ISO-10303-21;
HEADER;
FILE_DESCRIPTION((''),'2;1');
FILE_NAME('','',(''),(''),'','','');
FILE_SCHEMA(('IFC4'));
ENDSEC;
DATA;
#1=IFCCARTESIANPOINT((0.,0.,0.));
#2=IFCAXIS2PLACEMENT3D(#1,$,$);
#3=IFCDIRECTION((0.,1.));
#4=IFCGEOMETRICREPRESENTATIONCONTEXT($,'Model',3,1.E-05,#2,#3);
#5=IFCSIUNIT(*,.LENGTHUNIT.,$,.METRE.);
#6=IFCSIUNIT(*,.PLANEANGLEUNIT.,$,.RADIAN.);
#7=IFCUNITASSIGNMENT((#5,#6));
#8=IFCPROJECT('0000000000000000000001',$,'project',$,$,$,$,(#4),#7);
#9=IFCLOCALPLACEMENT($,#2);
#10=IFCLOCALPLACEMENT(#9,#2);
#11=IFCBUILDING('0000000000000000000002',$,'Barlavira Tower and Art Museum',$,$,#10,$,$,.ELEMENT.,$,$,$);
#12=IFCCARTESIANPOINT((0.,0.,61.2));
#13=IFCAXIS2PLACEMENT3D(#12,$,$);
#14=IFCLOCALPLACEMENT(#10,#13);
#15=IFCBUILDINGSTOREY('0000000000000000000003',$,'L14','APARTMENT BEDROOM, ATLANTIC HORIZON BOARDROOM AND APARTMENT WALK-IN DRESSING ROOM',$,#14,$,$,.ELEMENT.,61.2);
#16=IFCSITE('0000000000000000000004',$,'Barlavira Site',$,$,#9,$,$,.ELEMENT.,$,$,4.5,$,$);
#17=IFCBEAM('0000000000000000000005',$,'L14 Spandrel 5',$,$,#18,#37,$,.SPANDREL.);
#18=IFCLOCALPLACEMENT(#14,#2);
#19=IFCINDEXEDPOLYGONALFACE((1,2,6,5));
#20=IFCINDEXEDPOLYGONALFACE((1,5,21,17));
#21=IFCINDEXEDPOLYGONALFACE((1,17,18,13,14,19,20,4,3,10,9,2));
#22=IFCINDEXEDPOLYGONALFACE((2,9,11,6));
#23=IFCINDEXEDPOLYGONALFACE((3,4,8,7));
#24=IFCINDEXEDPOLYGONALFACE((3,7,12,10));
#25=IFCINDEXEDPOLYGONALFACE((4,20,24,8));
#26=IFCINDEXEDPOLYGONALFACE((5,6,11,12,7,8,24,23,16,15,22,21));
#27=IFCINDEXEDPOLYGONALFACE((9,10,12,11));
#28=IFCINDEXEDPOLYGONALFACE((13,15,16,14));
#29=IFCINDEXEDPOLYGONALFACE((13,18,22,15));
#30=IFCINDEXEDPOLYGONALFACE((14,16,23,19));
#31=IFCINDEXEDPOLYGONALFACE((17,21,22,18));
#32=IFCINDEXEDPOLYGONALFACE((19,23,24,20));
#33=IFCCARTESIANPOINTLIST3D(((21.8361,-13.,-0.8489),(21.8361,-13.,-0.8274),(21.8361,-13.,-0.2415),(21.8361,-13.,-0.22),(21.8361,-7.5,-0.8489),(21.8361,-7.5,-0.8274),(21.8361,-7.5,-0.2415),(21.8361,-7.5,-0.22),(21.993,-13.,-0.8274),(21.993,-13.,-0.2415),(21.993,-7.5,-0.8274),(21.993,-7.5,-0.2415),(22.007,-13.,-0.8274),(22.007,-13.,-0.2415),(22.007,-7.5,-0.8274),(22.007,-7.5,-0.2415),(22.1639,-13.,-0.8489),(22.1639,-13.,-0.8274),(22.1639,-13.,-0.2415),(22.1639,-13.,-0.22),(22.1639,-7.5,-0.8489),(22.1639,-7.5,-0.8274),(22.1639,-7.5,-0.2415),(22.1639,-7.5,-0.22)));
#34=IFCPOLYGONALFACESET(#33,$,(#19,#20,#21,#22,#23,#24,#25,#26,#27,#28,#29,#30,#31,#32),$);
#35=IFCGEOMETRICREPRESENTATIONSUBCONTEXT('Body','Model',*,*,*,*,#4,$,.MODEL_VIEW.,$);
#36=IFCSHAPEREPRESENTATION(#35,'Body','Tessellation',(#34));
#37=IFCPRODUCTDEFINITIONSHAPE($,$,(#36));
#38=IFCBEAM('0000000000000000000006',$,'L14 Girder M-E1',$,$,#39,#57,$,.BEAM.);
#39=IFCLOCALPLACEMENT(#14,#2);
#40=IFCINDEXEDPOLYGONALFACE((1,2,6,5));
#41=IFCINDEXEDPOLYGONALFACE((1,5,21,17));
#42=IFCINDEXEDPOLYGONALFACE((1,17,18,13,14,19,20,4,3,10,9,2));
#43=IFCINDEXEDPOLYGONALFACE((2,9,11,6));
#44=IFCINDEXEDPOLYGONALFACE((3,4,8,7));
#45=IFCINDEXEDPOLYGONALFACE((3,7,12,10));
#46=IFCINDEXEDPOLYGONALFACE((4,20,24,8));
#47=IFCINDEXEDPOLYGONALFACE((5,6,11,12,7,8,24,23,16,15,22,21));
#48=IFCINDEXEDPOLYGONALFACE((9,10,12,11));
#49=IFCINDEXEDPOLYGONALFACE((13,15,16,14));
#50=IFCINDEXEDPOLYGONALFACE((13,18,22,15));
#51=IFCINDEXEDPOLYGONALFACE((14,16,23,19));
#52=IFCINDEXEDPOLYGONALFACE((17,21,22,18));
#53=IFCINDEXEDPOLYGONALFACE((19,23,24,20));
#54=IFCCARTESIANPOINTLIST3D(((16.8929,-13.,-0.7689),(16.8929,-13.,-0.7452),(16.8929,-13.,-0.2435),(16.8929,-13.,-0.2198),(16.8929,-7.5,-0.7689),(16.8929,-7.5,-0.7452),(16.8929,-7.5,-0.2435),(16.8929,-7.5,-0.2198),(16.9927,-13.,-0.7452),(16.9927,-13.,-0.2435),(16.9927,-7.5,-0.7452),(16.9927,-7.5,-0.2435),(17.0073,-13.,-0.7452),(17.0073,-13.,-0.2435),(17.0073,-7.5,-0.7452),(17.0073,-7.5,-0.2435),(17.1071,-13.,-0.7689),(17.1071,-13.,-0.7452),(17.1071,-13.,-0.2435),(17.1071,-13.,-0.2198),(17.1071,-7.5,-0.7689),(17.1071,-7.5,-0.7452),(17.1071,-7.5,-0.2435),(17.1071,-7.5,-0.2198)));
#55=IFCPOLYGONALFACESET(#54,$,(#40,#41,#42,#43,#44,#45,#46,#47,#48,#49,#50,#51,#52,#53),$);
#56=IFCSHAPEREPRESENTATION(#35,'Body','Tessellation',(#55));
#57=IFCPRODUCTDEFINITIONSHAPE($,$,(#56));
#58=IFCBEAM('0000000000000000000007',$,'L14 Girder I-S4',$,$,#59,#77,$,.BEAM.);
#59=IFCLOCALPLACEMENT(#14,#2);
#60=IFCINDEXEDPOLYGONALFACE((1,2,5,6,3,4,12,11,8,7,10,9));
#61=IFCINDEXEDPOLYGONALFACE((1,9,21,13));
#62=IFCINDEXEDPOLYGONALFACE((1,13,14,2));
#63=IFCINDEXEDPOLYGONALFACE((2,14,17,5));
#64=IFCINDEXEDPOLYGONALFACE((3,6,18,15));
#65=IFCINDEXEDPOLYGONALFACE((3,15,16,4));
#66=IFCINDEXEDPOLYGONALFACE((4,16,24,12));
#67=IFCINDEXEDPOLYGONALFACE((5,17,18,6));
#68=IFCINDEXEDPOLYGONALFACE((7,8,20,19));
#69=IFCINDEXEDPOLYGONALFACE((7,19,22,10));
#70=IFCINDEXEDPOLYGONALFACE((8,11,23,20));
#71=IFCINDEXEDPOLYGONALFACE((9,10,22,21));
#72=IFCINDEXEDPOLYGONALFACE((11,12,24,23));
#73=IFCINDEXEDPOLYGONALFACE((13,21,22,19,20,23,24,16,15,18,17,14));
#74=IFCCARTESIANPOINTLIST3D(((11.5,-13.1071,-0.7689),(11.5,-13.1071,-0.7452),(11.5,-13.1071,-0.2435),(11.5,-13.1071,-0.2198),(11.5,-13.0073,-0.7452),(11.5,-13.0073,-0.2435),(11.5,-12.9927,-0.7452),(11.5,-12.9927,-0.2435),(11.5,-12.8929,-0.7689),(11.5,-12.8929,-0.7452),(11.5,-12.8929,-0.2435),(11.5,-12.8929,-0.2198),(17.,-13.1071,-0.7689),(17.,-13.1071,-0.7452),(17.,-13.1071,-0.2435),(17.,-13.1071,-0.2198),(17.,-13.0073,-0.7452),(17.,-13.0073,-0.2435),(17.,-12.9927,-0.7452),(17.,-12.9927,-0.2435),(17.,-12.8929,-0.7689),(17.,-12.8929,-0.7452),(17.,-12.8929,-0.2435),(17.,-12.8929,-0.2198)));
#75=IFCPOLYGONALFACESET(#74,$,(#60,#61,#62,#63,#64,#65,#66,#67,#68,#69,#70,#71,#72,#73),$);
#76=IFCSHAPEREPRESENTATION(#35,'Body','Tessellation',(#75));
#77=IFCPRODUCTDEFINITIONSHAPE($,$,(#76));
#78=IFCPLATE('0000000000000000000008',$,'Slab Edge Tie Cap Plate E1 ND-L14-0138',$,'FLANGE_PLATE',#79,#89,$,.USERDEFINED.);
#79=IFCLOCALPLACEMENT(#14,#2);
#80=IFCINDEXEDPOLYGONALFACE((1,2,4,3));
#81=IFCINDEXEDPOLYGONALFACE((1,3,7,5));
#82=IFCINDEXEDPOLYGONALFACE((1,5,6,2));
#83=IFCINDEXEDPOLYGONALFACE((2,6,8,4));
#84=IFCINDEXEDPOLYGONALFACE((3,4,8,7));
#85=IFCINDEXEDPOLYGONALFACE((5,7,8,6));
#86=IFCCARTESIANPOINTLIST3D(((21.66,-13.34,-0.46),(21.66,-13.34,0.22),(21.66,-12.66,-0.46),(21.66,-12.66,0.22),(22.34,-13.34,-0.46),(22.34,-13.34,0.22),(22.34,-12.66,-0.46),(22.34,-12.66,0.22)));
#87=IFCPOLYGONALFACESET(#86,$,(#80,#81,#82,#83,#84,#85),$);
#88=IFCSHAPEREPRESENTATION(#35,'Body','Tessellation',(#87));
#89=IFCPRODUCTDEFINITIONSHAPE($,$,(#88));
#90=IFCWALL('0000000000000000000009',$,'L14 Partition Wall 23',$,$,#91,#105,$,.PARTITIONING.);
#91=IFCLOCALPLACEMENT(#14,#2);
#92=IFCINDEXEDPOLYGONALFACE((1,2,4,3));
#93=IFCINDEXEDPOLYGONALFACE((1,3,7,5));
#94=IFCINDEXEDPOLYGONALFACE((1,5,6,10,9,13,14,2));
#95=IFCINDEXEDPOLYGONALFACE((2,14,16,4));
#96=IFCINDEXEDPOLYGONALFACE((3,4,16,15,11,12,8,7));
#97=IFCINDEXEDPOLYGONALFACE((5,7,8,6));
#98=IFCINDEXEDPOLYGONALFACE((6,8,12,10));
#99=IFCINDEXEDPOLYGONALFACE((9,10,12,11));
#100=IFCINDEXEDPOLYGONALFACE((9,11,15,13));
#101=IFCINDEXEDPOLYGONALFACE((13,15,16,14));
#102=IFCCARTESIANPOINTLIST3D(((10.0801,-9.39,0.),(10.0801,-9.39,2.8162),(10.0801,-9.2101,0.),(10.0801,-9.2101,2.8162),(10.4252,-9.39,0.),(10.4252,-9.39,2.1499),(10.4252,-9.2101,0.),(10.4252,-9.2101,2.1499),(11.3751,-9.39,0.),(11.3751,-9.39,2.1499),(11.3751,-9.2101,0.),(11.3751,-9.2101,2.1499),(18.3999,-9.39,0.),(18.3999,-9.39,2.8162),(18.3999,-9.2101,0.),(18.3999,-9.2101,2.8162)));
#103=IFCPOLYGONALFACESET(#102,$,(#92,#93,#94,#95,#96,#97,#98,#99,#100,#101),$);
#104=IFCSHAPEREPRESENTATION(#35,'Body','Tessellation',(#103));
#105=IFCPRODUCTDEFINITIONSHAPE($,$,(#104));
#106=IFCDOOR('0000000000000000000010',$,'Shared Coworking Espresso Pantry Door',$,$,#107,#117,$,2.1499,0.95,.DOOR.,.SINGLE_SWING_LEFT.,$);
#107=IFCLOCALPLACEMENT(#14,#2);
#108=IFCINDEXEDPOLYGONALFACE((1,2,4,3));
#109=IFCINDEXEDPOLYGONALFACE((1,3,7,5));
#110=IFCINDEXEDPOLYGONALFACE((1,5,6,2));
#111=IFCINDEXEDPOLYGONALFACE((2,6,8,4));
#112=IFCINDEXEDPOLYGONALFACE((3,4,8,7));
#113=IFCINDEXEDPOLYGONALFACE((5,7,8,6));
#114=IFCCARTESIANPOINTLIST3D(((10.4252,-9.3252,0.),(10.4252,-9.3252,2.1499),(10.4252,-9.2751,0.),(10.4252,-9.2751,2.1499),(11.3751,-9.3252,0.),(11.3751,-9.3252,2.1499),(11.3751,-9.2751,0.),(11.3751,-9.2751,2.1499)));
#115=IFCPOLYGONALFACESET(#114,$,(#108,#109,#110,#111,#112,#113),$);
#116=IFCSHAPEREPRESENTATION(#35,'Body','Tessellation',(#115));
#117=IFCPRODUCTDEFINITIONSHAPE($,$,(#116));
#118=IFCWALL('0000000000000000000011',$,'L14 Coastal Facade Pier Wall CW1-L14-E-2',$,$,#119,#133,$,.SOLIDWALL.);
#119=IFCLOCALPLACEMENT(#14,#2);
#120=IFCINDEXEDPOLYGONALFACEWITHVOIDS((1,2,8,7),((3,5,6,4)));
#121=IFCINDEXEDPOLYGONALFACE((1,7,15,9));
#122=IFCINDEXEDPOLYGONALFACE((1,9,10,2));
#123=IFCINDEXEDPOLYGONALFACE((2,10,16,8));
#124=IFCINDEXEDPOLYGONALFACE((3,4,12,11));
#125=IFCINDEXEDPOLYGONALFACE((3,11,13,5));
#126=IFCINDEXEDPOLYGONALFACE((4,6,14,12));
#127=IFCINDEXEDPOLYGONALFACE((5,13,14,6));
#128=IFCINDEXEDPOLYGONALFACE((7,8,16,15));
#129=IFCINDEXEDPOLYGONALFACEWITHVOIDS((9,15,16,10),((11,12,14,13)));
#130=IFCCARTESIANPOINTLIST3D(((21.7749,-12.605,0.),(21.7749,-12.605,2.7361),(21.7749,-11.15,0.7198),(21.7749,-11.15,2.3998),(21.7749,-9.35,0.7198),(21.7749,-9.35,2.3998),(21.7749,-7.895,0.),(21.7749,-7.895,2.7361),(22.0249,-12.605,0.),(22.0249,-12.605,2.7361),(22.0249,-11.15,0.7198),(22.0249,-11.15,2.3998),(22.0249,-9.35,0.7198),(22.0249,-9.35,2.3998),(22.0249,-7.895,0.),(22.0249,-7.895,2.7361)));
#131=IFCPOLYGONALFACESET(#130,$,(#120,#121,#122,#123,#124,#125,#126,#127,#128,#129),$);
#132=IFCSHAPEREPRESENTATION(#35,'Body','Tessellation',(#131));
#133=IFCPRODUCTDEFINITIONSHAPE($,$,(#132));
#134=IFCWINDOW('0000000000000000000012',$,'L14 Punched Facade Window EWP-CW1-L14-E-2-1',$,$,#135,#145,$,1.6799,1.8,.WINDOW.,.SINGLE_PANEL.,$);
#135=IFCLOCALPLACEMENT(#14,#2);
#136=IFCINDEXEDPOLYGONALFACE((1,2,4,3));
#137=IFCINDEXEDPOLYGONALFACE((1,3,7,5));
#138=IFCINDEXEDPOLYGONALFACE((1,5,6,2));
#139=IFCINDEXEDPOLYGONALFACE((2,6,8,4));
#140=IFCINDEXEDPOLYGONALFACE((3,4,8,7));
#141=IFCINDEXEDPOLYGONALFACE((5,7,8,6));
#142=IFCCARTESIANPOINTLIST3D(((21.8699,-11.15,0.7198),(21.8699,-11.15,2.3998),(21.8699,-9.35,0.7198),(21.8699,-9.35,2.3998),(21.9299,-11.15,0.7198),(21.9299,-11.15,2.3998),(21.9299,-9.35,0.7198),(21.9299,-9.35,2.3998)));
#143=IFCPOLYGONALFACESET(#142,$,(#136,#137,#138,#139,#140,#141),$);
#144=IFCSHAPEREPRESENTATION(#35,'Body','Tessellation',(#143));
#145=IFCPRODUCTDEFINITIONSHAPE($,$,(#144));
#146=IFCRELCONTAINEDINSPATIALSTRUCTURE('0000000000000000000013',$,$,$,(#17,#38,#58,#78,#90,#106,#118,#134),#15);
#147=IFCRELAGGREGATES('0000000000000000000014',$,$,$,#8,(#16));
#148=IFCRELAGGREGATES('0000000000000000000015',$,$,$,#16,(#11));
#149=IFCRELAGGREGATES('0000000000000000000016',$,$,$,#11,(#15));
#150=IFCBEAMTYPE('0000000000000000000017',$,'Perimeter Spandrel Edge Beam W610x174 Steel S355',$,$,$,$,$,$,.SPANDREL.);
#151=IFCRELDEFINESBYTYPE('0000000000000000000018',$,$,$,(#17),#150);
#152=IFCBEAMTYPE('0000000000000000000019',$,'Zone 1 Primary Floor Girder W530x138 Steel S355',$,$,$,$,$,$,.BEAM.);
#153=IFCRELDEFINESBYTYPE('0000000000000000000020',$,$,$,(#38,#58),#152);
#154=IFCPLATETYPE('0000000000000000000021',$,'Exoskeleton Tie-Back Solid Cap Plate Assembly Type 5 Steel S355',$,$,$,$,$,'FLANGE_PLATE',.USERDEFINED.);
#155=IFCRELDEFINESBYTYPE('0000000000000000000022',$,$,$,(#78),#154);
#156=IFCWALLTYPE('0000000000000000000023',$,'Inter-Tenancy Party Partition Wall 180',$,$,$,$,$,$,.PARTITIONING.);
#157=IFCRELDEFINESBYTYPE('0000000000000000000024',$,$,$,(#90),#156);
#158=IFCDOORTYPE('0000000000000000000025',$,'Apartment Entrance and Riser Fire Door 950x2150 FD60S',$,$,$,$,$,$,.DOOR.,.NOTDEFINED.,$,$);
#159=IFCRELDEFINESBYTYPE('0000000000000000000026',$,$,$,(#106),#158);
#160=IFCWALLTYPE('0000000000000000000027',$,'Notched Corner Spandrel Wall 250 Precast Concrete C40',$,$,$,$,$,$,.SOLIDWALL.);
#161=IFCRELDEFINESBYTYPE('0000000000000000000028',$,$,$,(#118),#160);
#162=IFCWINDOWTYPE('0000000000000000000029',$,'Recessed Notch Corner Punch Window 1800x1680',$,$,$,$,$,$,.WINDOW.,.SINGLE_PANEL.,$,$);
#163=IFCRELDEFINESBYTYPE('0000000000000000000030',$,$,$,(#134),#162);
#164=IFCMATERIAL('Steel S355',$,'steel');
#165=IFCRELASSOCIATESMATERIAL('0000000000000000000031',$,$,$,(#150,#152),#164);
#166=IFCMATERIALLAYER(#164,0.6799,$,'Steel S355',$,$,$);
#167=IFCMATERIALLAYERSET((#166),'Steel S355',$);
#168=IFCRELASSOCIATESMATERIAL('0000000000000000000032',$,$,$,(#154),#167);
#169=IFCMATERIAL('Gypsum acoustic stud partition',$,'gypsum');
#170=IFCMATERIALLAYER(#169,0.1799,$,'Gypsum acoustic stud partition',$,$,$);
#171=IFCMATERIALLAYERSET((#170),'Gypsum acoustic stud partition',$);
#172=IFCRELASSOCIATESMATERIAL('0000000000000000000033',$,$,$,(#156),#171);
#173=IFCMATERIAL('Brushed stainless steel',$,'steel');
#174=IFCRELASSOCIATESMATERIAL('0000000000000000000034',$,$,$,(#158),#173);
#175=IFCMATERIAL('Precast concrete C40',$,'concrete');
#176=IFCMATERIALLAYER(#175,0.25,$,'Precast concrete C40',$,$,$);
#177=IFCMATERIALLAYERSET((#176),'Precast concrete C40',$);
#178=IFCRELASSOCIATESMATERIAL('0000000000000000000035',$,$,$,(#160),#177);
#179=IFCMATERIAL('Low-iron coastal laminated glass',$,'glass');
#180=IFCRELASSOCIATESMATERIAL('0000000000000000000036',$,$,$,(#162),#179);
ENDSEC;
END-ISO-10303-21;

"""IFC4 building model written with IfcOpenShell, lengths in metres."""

from ifc_helpers import new_model, si_unit, direction, frame, frame_2d, origin, origin_2d, place, context, subcontext, project, spatial, rectangle, i_section, extrude, material, layer, layer_set, material_profile, profile_set, type_object, element, fill, save


model = new_model("IFC4")

# Units and contexts
model_context = context("Model", 3, precision=1e-05, world=origin(), true_north=direction((0.0, 1.0)))
body_context = subcontext(model_context, "Body", "Model", "MODEL_VIEW")
ifc_project = project(units=[si_unit("LENGTHUNIT", "METRE"), si_unit("PLANEANGLEUNIT", "RADIAN")], contexts=[model_context])

# Site, building, storey
site_placement = place(None, origin())
site = spatial("IfcSite", under=ifc_project, at=site_placement, Name="Barlavira Site", CompositionType="ELEMENT", RefElevation=4.5)
building_placement = place(site_placement, origin())
building = spatial("IfcBuilding", under=site, at=building_placement, Name="Barlavira Tower and Art Museum", CompositionType="ELEMENT")
storey_placement = place(building_placement, frame((0.0, 0.0, 61.2)))
storey = spatial("IfcBuildingStorey", under=building, at=storey_placement, Name="L14", Description="APARTMENT BEDROOM, ATLANTIC HORIZON BOARDROOM AND APARTMENT WALK-IN DRESSING ROOM", CompositionType="ELEMENT", Elevation=61.2)

# Shared definitions
ifc_material_1 = material(Name="Steel S355", Category="steel")

# Beams
ifc_material_profile_1 = material_profile(ifc_material_1, i_section(OverallWidth=0.3279, OverallDepth=0.6289, WebThickness=0.0139, FlangeThickness=0.0215, at=origin_2d()), Name="W610x174.0")
ifc_profile_set_1 = profile_set([ifc_material_profile_1], Name="Steel S355")
beam_type_1 = type_object("IfcBeamType", Name="Perimeter Spandrel Edge Beam W610x174 Steel S355", PredefinedType="SPANDREL", material=ifc_profile_set_1)
beam_placement = place(storey_placement, frame((22.0, -13.0, -0.5344), z_axis=(0.0, 1.0, 0.0), x_axis=(-1.0, 0.0, 0.0)))
element("IfcBeam", 1, at=beam_placement, inside=storey, type_object=beam_type_1, Name="L14 Spandrel 5", PredefinedType="SPANDREL", context=body_context, shape_type="SweptSolid", body=[
    extrude(i_section(OverallWidth=0.3279, OverallDepth=0.6289, WebThickness=0.0139, FlangeThickness=0.0215, at=origin_2d()), origin(), (0.0, 0.0, 1.0), 5.5),
])
ifc_material_profile_2 = material_profile(ifc_material_1, i_section(OverallWidth=0.2141, OverallDepth=0.5491, WebThickness=0.0146, FlangeThickness=0.0237, at=origin_2d()), Name="W530x138.0")
ifc_profile_set_2 = profile_set([ifc_material_profile_2], Name="Steel S355")
beam_type_2 = type_object("IfcBeamType", Name="Zone 1 Primary Floor Girder W530x138 Steel S355", PredefinedType="BEAM", material=ifc_profile_set_2)
for number, where, z_axis, x_axis, name in (
    (2, (17.0, -13.0, -0.4944), (0.0, 1.0, 0.0), (-1.0, 0.0, 0.0), "L14 Girder M-E1"),
    (3, (11.5, -13.0, -0.4944), (1.0, 0.0, 0.0), (0.0, 1.0, 0.0), "L14 Girder I-S4"),
):
    element("IfcBeam", number, at=place(storey_placement, frame(where, z_axis=z_axis, x_axis=x_axis)), inside=storey, type_object=beam_type_2, Name=name, PredefinedType="BEAM", context=body_context, shape_type="SweptSolid", body=[
        extrude(i_section(OverallWidth=0.2141, OverallDepth=0.5491, WebThickness=0.0146, FlangeThickness=0.0237, at=origin_2d()), origin(), (0.0, 0.0, 1.0), 5.5),
    ])

# Plate
ifc_layer_1 = layer(ifc_material_1, 0.6799, Name="Steel S355")
ifc_layer_set_1 = layer_set([ifc_layer_1], Name="Steel S355")
plate_type = type_object("IfcPlateType", Name="Exoskeleton Tie-Back Solid Cap Plate Assembly Type 5 Steel S355", ElementType="FLANGE_PLATE", PredefinedType="USERDEFINED", material=ifc_layer_set_1)
plate_placement = place(storey_placement, frame((22.0, -13.0, -0.46), z_axis=(0.0, 0.0, 1.0), x_axis=(1.0, 0.0, 0.0)))
element("IfcPlate", 4, at=plate_placement, inside=storey, type_object=plate_type, Name="Slab Edge Tie Cap Plate E1 ND-L14-0138", ObjectType="FLANGE_PLATE", PredefinedType="USERDEFINED", context=body_context, shape_type="SweptSolid", body=[
    extrude(rectangle(XDim=0.6799, YDim=0.6799, at=origin_2d()), origin(), (0.0, 0.0, 1.0), 0.6799),
])

# Wall, opening, door
ifc_material_2 = material(Name="Gypsum acoustic stud partition", Category="gypsum")
ifc_layer_2 = layer(ifc_material_2, 0.1799, Name="Gypsum acoustic stud partition")
ifc_layer_set_2 = layer_set([ifc_layer_2], Name="Gypsum acoustic stud partition")
wall_type_1 = type_object("IfcWallType", Name="Inter-Tenancy Party Partition Wall 180", PredefinedType="PARTITIONING", material=ifc_layer_set_2)
wall_1_placement = place(storey_placement, frame((10.0801, -9.3, 0.0), z_axis=(0.0, 0.0, 1.0), x_axis=(1.0, 0.0, 0.0)))
wall_1 = element("IfcWall", 5, at=wall_1_placement, inside=storey, type_object=wall_type_1, Name="L14 Partition Wall 23", PredefinedType="PARTITIONING", context=body_context, shape_type="SweptSolid", body=[
    extrude(rectangle(XDim=8.3198, YDim=0.1799, at=frame_2d((4.1599, 0.0))), origin(), (0.0, 0.0, 1.0), 2.8162),
])
opening_1_placement = place(wall_1_placement, frame((0.345, 0.0, 0.0)))
opening_1 = element("IfcOpeningElement", 6, at=opening_1_placement, cuts=wall_1, PredefinedType="OPENING", context=body_context, shape_type="SweptSolid", body=[
    extrude(rectangle(XDim=0.95, YDim=2.1499, at=frame_2d((0.4751, 1.075))), frame((0.0, 0.1001, 0.0), z_axis=(0.0, -1.0, 0.0), x_axis=(1.0, 0.0, 0.0)), (0.0, 0.0, 1.0), 0.2),
])
ifc_material_3 = material(Name="Brushed stainless steel", Category="steel")
door_type = type_object("IfcDoorType", Name="Apartment Entrance and Riser Fire Door 950x2150 FD60S", OperationType="NOTDEFINED", PredefinedType="DOOR", material=ifc_material_3)
door_placement = place(opening_1_placement, origin())
door = element("IfcDoor", 7, at=door_placement, inside=storey, type_object=door_type, Name="Shared Coworking Espresso Pantry Door", OperationType="SINGLE_SWING_LEFT", OverallHeight=2.1499, OverallWidth=0.95, PredefinedType="DOOR", context=body_context, shape_type="SweptSolid", body=[
    extrude(rectangle(XDim=0.95, YDim=2.1499, at=frame_2d((0.4751, 1.075))), frame((0.0, 0.0249, 0.0), z_axis=(0.0, -1.0, 0.0), x_axis=(1.0, 0.0, 0.0)), (0.0, 0.0, 1.0), 0.05),
])
fill(opening_1, door)

# Wall, opening, window
ifc_material_4 = material(Name="Precast concrete C40", Category="concrete")
ifc_layer_3 = layer(ifc_material_4, 0.25, Name="Precast concrete C40")
ifc_layer_set_3 = layer_set([ifc_layer_3], Name="Precast concrete C40")
wall_type_2 = type_object("IfcWallType", Name="Notched Corner Spandrel Wall 250 Precast Concrete C40", PredefinedType="SOLIDWALL", material=ifc_layer_set_3)
wall_2_placement = place(storey_placement, frame((21.8999, -12.605, 0.0), z_axis=(0.0, 0.0, 1.0), x_axis=(0.0, 1.0, 0.0)))
wall_2 = element("IfcWall", 8, at=wall_2_placement, inside=storey, type_object=wall_type_2, Name="L14 Coastal Facade Pier Wall CW1-L14-E-2", PredefinedType="SOLIDWALL", context=body_context, shape_type="SweptSolid", body=[
    extrude(rectangle(XDim=4.71, YDim=0.25, at=frame_2d((2.355, 0.0))), origin(), (0.0, 0.0, 1.0), 2.7361),
])
opening_2_placement = place(wall_2_placement, frame((1.4551, 0.0, 0.72)))
opening_2 = element("IfcOpeningElement", 9, at=opening_2_placement, cuts=wall_2, PredefinedType="OPENING", context=body_context, shape_type="SweptSolid", body=[
    extrude(rectangle(XDim=1.8, YDim=1.6799, at=frame_2d((0.8999, 0.8398))), frame((0.0, 0.135, 0.0), z_axis=(0.0, -1.0, 0.0), x_axis=(1.0, 0.0, 0.0)), (0.0, 0.0, 1.0), 0.27),
])
ifc_material_5 = material(Name="Low-iron coastal laminated glass", Category="glass")
window_type = type_object("IfcWindowType", Name="Recessed Notch Corner Punch Window 1800x1680", PartitioningType="SINGLE_PANEL", PredefinedType="WINDOW", material=ifc_material_5)
window_placement = place(opening_2_placement, origin())
window = element("IfcWindow", 10, at=window_placement, inside=storey, type_object=window_type, Name="L14 Punched Facade Window EWP-CW1-L14-E-2-1", OverallHeight=1.6799, OverallWidth=1.8, PartitioningType="SINGLE_PANEL", PredefinedType="WINDOW", context=body_context, shape_type="SweptSolid", body=[
    extrude(rectangle(XDim=1.8, YDim=1.6799, at=frame_2d((0.8999, 0.8398))), frame((0.0, 0.03, 0.0), z_axis=(0.0, -1.0, 0.0), x_axis=(1.0, 0.0, 0.0)), (0.0, 0.0, 1.0), 0.0601),
])
fill(opening_2, window)

save(model, "model.ifc")
